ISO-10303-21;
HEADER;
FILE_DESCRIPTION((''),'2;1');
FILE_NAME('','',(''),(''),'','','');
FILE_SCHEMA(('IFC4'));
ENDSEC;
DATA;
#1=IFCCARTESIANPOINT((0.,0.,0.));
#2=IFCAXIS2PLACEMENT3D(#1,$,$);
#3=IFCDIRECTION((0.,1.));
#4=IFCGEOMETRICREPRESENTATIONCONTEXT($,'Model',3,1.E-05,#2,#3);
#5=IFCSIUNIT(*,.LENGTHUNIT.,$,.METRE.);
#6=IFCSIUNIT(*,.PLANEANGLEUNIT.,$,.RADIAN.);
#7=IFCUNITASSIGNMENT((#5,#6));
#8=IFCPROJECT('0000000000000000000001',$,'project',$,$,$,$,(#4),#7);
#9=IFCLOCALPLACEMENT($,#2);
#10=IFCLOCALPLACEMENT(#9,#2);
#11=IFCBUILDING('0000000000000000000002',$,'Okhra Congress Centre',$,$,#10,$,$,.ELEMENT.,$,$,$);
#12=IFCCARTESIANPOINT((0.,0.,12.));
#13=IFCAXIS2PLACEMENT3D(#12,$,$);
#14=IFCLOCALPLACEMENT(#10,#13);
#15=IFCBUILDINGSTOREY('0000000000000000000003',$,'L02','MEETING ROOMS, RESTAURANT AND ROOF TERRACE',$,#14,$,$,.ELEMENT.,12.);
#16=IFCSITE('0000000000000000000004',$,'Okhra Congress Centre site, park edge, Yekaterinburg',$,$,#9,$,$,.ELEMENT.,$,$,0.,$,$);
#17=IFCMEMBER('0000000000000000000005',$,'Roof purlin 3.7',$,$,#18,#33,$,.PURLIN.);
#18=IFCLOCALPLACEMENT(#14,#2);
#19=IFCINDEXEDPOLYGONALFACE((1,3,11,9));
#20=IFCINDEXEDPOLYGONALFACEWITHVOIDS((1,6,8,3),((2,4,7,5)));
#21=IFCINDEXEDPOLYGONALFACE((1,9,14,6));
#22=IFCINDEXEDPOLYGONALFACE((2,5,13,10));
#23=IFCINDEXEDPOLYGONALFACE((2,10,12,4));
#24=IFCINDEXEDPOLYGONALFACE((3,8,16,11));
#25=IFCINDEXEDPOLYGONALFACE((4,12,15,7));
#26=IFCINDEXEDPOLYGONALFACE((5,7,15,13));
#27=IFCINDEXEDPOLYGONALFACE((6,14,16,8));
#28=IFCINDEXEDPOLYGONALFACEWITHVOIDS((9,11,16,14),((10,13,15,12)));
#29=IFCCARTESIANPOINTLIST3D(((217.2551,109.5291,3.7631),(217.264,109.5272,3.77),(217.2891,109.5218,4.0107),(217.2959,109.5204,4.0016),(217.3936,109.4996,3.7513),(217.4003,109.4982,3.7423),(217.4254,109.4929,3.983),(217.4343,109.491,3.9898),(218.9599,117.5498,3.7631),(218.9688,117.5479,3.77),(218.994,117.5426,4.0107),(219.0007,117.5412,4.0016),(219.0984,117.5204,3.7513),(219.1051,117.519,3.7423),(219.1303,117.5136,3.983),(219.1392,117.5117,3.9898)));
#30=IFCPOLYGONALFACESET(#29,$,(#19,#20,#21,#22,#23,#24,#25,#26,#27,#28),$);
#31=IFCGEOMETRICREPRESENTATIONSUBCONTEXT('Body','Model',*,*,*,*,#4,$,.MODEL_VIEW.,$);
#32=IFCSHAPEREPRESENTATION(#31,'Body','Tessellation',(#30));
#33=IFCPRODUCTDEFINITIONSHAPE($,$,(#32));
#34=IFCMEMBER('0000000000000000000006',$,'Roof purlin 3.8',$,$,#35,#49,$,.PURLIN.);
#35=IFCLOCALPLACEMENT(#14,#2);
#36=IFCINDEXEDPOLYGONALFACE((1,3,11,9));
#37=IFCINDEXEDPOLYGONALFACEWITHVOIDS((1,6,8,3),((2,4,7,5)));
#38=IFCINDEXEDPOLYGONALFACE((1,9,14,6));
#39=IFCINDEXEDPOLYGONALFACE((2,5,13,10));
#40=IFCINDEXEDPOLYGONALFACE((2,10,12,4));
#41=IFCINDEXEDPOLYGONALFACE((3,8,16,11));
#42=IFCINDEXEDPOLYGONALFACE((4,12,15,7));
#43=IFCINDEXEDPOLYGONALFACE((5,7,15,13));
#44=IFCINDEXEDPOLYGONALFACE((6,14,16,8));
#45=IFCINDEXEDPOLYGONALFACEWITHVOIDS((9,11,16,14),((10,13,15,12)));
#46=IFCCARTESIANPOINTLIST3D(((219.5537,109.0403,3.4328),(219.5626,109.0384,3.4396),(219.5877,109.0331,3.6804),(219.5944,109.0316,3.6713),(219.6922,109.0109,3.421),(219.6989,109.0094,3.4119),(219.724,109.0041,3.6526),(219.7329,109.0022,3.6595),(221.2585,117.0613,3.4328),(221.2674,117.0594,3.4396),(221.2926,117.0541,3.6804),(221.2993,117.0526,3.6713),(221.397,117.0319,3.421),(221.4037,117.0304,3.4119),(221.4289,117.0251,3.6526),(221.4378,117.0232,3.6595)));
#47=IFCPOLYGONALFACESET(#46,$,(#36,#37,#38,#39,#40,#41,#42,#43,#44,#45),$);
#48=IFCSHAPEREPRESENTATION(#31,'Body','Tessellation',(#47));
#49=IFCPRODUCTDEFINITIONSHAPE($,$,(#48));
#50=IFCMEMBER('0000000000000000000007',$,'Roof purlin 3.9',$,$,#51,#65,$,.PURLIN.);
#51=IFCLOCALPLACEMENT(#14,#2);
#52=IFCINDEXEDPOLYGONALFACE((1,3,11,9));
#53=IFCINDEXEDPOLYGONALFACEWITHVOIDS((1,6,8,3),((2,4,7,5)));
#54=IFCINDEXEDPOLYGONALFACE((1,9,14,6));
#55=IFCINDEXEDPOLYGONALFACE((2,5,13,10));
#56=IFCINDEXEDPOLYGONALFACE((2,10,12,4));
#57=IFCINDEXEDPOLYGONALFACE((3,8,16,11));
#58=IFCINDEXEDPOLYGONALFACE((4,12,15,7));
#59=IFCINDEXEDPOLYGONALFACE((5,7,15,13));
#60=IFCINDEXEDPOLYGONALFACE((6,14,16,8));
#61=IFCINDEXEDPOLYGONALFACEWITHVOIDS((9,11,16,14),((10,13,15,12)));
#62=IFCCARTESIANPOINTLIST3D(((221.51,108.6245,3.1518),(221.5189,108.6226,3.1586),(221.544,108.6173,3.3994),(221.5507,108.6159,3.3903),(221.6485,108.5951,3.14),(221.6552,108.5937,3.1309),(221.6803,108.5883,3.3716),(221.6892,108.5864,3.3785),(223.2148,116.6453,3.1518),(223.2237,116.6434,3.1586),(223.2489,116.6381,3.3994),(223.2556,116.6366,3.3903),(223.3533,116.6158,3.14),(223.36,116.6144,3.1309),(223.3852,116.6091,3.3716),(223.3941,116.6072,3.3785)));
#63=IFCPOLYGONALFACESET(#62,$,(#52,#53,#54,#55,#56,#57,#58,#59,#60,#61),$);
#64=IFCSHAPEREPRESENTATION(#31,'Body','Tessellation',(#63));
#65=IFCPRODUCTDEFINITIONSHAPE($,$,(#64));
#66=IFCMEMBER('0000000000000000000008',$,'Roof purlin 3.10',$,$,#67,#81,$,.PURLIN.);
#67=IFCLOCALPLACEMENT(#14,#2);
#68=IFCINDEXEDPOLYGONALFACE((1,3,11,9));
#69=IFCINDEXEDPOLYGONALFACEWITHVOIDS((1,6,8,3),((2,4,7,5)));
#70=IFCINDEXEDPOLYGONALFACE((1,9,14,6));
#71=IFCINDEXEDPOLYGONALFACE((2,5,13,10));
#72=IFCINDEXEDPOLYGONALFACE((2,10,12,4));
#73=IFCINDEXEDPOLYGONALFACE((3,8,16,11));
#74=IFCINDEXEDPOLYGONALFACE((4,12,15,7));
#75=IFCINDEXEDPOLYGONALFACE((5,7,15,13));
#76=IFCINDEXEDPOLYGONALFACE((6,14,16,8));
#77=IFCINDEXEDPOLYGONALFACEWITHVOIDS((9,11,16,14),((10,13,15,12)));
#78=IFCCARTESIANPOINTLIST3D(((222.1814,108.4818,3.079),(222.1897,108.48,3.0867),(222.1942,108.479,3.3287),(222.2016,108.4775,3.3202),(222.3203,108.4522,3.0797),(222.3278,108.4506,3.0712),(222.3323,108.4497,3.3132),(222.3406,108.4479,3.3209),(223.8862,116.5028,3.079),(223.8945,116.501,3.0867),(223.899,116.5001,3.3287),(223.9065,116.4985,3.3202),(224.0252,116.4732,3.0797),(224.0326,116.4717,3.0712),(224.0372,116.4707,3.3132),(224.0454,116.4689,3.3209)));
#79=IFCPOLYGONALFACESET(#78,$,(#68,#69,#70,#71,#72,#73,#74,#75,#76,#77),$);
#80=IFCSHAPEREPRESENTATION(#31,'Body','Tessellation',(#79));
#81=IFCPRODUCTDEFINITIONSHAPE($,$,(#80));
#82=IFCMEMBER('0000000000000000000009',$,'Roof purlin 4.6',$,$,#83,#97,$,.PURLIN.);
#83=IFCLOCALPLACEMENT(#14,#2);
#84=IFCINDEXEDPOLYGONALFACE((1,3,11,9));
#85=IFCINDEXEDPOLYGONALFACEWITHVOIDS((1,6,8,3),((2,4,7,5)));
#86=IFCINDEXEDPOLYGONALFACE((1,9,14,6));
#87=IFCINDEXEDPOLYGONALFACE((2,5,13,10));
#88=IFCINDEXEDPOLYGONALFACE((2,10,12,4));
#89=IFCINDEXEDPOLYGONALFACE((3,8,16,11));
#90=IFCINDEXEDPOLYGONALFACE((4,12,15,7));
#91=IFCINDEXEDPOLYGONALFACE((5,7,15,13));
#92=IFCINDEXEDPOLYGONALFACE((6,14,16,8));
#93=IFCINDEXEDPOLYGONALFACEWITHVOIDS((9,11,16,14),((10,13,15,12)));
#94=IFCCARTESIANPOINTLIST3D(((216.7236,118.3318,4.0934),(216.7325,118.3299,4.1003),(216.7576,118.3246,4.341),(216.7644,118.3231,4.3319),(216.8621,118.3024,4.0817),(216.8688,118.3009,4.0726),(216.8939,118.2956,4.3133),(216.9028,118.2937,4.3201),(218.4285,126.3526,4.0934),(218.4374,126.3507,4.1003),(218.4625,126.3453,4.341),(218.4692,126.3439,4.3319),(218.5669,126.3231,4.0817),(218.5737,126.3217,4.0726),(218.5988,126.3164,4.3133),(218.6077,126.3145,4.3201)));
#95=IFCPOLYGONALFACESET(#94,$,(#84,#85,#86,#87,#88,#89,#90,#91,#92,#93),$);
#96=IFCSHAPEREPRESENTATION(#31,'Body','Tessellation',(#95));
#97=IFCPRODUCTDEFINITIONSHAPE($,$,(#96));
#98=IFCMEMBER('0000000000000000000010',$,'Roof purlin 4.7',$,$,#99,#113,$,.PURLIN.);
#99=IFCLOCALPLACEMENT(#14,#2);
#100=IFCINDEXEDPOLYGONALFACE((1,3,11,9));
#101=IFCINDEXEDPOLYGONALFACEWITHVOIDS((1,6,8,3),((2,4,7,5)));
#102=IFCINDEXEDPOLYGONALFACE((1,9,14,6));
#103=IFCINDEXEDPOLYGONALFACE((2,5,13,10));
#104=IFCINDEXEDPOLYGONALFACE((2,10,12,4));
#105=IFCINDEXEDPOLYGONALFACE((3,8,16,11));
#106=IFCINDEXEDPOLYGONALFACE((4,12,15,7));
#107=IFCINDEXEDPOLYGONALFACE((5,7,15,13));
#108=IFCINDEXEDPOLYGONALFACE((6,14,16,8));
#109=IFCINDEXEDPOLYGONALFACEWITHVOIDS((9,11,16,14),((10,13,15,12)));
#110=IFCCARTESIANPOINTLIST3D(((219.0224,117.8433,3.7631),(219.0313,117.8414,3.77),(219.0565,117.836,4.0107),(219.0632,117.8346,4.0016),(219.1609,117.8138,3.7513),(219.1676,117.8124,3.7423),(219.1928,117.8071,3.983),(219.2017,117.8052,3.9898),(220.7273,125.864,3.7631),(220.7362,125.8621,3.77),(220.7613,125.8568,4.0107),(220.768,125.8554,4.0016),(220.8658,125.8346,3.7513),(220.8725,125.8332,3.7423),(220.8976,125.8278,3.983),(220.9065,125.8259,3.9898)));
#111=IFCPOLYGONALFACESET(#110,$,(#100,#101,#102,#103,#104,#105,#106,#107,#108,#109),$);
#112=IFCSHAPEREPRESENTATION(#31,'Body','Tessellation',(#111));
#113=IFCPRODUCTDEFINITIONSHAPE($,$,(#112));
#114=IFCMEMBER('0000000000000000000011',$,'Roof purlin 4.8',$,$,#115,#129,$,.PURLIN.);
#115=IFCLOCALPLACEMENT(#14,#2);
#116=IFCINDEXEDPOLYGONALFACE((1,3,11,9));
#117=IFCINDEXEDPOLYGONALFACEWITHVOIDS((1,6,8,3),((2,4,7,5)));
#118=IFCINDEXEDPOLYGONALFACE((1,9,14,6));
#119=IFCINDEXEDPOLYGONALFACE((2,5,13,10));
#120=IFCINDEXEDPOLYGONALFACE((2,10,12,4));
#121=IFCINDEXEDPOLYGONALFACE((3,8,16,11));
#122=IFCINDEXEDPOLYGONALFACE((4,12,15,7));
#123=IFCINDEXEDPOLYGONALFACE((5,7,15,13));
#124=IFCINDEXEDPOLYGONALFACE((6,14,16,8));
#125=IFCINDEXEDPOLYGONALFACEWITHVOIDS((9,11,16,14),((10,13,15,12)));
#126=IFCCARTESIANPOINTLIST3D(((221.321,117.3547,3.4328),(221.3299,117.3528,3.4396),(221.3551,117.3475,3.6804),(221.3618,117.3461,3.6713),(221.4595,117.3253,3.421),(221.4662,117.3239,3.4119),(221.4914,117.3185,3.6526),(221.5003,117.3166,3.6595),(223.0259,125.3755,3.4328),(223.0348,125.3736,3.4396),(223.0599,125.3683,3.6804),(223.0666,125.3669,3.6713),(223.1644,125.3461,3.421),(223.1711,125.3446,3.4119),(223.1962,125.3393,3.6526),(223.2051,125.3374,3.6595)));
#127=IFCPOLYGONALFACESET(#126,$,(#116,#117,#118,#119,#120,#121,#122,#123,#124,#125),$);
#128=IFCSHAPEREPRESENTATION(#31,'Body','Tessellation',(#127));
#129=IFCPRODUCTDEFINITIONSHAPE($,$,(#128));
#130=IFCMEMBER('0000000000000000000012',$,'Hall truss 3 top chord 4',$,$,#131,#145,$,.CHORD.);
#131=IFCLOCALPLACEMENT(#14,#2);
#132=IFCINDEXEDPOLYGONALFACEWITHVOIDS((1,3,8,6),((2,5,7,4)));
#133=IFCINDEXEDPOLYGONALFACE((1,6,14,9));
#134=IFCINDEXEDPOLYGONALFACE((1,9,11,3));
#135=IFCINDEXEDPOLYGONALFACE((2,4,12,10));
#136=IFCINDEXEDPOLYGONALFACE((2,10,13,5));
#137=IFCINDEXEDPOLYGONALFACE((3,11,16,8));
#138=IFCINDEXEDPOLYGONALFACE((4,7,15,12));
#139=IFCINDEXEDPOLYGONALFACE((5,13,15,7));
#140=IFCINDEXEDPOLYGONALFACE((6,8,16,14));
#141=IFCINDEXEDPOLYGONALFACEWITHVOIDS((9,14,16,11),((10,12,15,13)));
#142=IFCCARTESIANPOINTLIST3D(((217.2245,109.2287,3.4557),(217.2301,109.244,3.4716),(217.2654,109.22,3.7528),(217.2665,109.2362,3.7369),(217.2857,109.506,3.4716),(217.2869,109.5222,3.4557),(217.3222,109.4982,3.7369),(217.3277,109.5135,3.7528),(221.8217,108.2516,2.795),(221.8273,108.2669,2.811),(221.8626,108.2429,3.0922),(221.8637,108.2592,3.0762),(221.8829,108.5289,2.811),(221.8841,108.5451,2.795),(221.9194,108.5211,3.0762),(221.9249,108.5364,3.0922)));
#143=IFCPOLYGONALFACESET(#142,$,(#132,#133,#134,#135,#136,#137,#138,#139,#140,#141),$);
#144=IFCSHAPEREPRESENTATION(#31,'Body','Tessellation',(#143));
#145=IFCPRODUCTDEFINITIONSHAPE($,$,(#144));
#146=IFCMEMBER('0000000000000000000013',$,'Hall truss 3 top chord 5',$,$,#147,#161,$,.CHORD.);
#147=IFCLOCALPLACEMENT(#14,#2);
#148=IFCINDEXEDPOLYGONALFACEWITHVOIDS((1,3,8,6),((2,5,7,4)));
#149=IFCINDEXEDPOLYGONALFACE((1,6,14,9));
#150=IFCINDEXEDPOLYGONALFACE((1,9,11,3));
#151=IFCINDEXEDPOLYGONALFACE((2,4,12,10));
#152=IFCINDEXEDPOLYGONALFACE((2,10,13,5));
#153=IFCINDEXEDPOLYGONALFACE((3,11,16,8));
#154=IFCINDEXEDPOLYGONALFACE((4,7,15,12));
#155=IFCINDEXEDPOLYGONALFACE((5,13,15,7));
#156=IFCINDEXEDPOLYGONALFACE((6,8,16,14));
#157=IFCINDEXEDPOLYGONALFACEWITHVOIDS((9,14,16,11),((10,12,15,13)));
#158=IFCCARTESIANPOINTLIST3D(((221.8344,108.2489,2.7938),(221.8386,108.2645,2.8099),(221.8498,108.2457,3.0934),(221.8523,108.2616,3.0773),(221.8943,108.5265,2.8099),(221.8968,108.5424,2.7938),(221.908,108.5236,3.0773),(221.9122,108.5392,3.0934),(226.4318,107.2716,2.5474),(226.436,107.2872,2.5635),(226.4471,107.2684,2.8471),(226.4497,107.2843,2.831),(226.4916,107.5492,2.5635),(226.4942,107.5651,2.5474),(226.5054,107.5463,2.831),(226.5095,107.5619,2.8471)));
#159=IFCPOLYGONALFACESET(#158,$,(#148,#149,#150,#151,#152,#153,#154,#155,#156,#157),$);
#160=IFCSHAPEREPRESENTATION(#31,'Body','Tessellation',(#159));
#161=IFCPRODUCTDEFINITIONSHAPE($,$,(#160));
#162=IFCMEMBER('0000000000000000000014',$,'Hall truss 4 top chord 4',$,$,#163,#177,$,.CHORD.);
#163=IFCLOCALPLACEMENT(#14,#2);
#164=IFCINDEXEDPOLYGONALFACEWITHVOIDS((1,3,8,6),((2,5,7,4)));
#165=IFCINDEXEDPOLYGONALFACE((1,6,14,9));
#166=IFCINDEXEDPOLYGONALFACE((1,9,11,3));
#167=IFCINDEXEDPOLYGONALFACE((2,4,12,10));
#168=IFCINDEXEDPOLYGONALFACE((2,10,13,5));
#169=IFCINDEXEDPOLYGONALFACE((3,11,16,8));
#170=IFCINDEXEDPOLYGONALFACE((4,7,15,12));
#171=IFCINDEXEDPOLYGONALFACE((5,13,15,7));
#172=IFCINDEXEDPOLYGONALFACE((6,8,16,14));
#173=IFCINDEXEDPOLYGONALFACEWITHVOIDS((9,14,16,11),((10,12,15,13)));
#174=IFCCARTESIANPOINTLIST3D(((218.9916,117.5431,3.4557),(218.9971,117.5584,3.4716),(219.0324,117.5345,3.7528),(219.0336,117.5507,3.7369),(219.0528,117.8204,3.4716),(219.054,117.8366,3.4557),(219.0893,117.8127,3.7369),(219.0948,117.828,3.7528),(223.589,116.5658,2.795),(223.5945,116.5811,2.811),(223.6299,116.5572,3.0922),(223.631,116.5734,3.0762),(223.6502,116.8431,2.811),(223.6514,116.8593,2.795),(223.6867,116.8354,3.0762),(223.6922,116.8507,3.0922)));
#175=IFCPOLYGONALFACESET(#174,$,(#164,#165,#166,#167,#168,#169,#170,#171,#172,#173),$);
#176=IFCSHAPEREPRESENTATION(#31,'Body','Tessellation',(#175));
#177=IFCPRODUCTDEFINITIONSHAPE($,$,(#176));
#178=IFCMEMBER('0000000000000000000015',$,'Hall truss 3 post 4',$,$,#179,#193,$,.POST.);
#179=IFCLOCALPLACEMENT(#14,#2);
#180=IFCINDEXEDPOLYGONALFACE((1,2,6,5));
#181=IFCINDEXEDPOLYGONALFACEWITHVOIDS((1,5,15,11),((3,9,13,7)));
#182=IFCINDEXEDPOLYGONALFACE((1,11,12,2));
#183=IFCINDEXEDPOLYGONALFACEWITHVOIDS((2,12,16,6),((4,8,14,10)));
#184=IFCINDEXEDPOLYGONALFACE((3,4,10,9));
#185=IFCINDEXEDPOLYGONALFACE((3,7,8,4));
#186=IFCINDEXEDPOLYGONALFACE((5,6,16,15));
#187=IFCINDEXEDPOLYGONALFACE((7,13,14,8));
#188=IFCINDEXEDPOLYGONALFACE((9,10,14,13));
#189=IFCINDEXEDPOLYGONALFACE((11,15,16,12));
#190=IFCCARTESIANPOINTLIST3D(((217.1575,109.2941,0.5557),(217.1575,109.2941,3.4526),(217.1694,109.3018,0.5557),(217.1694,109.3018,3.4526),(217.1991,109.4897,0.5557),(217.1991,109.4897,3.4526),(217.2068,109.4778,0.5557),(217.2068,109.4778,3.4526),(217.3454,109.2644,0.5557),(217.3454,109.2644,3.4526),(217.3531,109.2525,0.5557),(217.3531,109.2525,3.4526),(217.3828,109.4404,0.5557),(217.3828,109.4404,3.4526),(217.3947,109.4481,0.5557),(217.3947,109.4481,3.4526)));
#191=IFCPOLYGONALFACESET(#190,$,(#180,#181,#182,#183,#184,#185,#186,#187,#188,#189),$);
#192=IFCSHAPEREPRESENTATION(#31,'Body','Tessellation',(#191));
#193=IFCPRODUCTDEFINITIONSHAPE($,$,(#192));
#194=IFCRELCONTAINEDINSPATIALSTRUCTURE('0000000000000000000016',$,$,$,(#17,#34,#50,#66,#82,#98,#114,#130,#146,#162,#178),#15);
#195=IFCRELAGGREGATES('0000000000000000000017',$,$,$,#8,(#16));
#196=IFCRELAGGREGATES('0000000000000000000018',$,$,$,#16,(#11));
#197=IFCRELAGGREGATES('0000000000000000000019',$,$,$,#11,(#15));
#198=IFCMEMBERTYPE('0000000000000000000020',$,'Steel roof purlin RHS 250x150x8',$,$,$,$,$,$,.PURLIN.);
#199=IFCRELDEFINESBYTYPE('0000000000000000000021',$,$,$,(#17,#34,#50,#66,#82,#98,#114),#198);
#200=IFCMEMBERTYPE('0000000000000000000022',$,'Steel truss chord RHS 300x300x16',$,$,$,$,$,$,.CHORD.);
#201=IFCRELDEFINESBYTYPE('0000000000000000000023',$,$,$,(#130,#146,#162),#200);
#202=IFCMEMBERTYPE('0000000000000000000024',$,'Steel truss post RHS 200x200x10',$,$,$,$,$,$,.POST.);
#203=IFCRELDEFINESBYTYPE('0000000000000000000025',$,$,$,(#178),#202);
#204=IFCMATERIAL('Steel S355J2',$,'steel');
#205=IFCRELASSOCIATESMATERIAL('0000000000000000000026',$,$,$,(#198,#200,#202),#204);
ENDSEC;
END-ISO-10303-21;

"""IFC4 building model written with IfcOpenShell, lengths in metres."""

from ifc_helpers import new_model, si_unit, direction, frame, origin, origin_2d, place, context, subcontext, project, spatial, hollow_rectangle, extrude, material, material_profile, profile_set, type_object, element, save


model = new_model("IFC4")

# Units and contexts
model_context = context("Model", 3, precision=1e-05, world=origin(), true_north=direction((0.0, 1.0)))
body_context = subcontext(model_context, "Body", "Model", "MODEL_VIEW")
ifc_project = project(units=[si_unit("LENGTHUNIT", "METRE"), si_unit("PLANEANGLEUNIT", "RADIAN")], contexts=[model_context])

# Site, building, storey
site_placement = place(None, origin())
site = spatial("IfcSite", under=ifc_project, at=site_placement, Name="Okhra Congress Centre site, park edge, Yekaterinburg", CompositionType="ELEMENT", RefElevation=0.0)
building_placement = place(site_placement, origin())
building = spatial("IfcBuilding", under=site, at=building_placement, Name="Okhra Congress Centre", CompositionType="ELEMENT")
storey_placement = place(building_placement, frame((0.0, 0.0, 12.0)))
storey = spatial("IfcBuildingStorey", under=building, at=storey_placement, Name="L02", Description="MEETING ROOMS, RESTAURANT AND ROOF TERRACE", CompositionType="ELEMENT", Elevation=12.0)

# Members
ifc_material_1 = material(Name="Steel S355J2", Category="steel")
ifc_material_profile_1 = material_profile(ifc_material_1, hollow_rectangle(XDim=0.1499, YDim=0.25, WallThickness=0.0081, at=origin_2d()), Name="RHS 250x150x8")
ifc_profile_set_1 = profile_set([ifc_material_profile_1], Name="Steel S355J2")
member_type_1 = type_object("IfcMemberType", Name="Steel roof purlin RHS 250x150x8", PredefinedType="PURLIN", material=ifc_profile_set_1)
member_1_placement = place(storey_placement, frame((217.3447, 109.51, 3.8765), z_axis=(0.207908, 0.978148, 0.0), x_axis=(-0.968629, 0.205885, 0.139173)))
element("IfcMember", 1, at=member_1_placement, inside=storey, type_object=member_type_1, Name="Roof purlin 3.7", PredefinedType="PURLIN", context=body_context, shape_type="SweptSolid", body=[
    extrude(hollow_rectangle(XDim=0.1499, YDim=0.25, WallThickness=0.0081, at=origin_2d()), origin(), (0.0, 0.0, 1.0), 8.2),
])
member_2_placement = place(storey_placement, frame((219.6433, 109.0212, 3.5461), z_axis=(0.207902, 0.97815, 0.0), x_axis=(-0.96863, 0.205879, 0.139173)))
element("IfcMember", 2, at=member_2_placement, inside=storey, type_object=member_type_1, Name="Roof purlin 3.8", PredefinedType="PURLIN", context=body_context, shape_type="SweptSolid", body=[
    extrude(hollow_rectangle(XDim=0.1499, YDim=0.25, WallThickness=0.0081, at=origin_2d()), origin(), (0.0, 0.0, 1.0), 8.2002),
])
member_3_placement = place(storey_placement, frame((221.5996, 108.6055, 3.2651), z_axis=(0.207908, 0.978148, 0.0), x_axis=(-0.968629, 0.205885, 0.139173)))
element("IfcMember", 3, at=member_3_placement, inside=storey, type_object=member_type_1, Name="Roof purlin 3.9", PredefinedType="PURLIN", context=body_context, shape_type="SweptSolid", body=[
    extrude(hollow_rectangle(XDim=0.1499, YDim=0.25, WallThickness=0.0081, at=origin_2d()), origin(), (0.0, 0.0, 1.0), 8.2),
])
member_4_placement = place(storey_placement, frame((222.261, 108.4648, 3.2), z_axis=(0.207902, 0.97815, 0.0), x_axis=(-0.976809, 0.207617, 0.052336)))
element("IfcMember", 4, at=member_4_placement, inside=storey, type_object=member_type_1, Name="Roof purlin 3.10", PredefinedType="PURLIN", context=body_context, shape_type="SweptSolid", body=[
    extrude(hollow_rectangle(XDim=0.1499, YDim=0.25, WallThickness=0.0081, at=origin_2d()), origin(), (0.0, 0.0, 1.0), 8.2002),
])
for number, where, z_axis, x_axis, name in (
    (5, (216.8132, 118.3127, 4.2068), (0.207908, 0.978148, 0.0), (-0.968629, 0.205885, 0.139173), "Roof purlin 4.6"),
    (6, (219.1121, 117.8242, 3.8765), (0.207908, 0.978148, 0.0), (-0.968629, 0.205885, 0.139173), "Roof purlin 4.7"),
    (7, (221.4106, 117.3357, 3.5461), (0.207908, 0.978148, 0.0), (-0.968629, 0.205885, 0.139173), "Roof purlin 4.8"),
):
    element("IfcMember", number, at=place(storey_placement, frame(where, z_axis=z_axis, x_axis=x_axis)), inside=storey, type_object=member_type_1, Name=name, PredefinedType="PURLIN", context=body_context, shape_type="SweptSolid", body=[
        extrude(hollow_rectangle(XDim=0.1499, YDim=0.25, WallThickness=0.0081, at=origin_2d()), origin(), (0.0, 0.0, 1.0), 8.2),
    ])
ifc_material_profile_2 = material_profile(ifc_material_1, hollow_rectangle(XDim=0.3, YDim=0.3, WallThickness=0.0161, at=origin_2d()), Name="RHS 300x300x16")
ifc_profile_set_2 = profile_set([ifc_material_profile_2], Name="Steel S355J2")
member_type_2 = type_object("IfcMemberType", Name="Steel truss chord RHS 300x300x16", PredefinedType="CHORD", material=ifc_profile_set_2)
member_5_placement = place(storey_placement, frame((217.2761, 109.3711, 3.6042), z_axis=(0.968629, -0.205866, -0.139199), x_axis=(0.20789, 0.978152, 0.0)))
element("IfcMember", 8, at=member_5_placement, inside=storey, type_object=member_type_2, Name="Hall truss 3 top chord 4", PredefinedType="CHORD", context=body_context, shape_type="SweptSolid", body=[
    extrude(hollow_rectangle(XDim=0.3, YDim=0.3, WallThickness=0.0161, at=origin_2d()), origin(), (0.0, 0.0, 1.0), 4.7461),
])
member_6_placement = place(storey_placement, frame((221.8733, 108.394, 2.9436), z_axis=(0.976803, -0.207644, -0.052339), x_axis=(0.207929, 0.978144, 0.0)))
element("IfcMember", 9, at=member_6_placement, inside=storey, type_object=member_type_2, Name="Hall truss 3 top chord 5", PredefinedType="CHORD", context=body_context, shape_type="SweptSolid", body=[
    extrude(hollow_rectangle(XDim=0.3, YDim=0.3, WallThickness=0.0161, at=origin_2d()), origin(), (0.0, 0.0, 1.0), 4.7065),
])
member_7_placement = place(storey_placement, frame((219.0432, 117.6855, 3.6042), z_axis=(0.968622, -0.205905, -0.13919), x_axis=(0.207929, 0.978144, 0.0)))
element("IfcMember", 10, at=member_7_placement, inside=storey, type_object=member_type_2, Name="Hall truss 4 top chord 4", PredefinedType="CHORD", context=body_context, shape_type="SweptSolid", body=[
    extrude(hollow_rectangle(XDim=0.3, YDim=0.3, WallThickness=0.0161, at=origin_2d()), origin(), (0.0, 0.0, 1.0), 4.7463),
])
ifc_material_profile_3 = material_profile(ifc_material_1, hollow_rectangle(XDim=0.2, YDim=0.2, WallThickness=0.01, at=origin_2d()), Name="RHS 200x200x10")
ifc_profile_set_3 = profile_set([ifc_material_profile_3], Name="Steel S355J2")
member_type_3 = type_object("IfcMemberType", Name="Steel truss post RHS 200x200x10", PredefinedType="POST", material=ifc_profile_set_3)
for number, where, z_axis, x_axis, name in (
    (11, (217.2761, 109.3711, 0.5557), (0.0, 0.0, 1.0), (0.978148, -0.207912, 0.0), "Hall truss 3 post 4"),
):
    element("IfcMember", number, at=place(storey_placement, frame(where, z_axis=z_axis, x_axis=x_axis)), inside=storey, type_object=member_type_3, Name=name, PredefinedType="POST", context=body_context, shape_type="SweptSolid", body=[
        extrude(hollow_rectangle(XDim=0.2, YDim=0.2, WallThickness=0.01, at=origin_2d()), origin(), (0.0, 0.0, 1.0), 2.897),
    ])

save(model, "model.ifc")
